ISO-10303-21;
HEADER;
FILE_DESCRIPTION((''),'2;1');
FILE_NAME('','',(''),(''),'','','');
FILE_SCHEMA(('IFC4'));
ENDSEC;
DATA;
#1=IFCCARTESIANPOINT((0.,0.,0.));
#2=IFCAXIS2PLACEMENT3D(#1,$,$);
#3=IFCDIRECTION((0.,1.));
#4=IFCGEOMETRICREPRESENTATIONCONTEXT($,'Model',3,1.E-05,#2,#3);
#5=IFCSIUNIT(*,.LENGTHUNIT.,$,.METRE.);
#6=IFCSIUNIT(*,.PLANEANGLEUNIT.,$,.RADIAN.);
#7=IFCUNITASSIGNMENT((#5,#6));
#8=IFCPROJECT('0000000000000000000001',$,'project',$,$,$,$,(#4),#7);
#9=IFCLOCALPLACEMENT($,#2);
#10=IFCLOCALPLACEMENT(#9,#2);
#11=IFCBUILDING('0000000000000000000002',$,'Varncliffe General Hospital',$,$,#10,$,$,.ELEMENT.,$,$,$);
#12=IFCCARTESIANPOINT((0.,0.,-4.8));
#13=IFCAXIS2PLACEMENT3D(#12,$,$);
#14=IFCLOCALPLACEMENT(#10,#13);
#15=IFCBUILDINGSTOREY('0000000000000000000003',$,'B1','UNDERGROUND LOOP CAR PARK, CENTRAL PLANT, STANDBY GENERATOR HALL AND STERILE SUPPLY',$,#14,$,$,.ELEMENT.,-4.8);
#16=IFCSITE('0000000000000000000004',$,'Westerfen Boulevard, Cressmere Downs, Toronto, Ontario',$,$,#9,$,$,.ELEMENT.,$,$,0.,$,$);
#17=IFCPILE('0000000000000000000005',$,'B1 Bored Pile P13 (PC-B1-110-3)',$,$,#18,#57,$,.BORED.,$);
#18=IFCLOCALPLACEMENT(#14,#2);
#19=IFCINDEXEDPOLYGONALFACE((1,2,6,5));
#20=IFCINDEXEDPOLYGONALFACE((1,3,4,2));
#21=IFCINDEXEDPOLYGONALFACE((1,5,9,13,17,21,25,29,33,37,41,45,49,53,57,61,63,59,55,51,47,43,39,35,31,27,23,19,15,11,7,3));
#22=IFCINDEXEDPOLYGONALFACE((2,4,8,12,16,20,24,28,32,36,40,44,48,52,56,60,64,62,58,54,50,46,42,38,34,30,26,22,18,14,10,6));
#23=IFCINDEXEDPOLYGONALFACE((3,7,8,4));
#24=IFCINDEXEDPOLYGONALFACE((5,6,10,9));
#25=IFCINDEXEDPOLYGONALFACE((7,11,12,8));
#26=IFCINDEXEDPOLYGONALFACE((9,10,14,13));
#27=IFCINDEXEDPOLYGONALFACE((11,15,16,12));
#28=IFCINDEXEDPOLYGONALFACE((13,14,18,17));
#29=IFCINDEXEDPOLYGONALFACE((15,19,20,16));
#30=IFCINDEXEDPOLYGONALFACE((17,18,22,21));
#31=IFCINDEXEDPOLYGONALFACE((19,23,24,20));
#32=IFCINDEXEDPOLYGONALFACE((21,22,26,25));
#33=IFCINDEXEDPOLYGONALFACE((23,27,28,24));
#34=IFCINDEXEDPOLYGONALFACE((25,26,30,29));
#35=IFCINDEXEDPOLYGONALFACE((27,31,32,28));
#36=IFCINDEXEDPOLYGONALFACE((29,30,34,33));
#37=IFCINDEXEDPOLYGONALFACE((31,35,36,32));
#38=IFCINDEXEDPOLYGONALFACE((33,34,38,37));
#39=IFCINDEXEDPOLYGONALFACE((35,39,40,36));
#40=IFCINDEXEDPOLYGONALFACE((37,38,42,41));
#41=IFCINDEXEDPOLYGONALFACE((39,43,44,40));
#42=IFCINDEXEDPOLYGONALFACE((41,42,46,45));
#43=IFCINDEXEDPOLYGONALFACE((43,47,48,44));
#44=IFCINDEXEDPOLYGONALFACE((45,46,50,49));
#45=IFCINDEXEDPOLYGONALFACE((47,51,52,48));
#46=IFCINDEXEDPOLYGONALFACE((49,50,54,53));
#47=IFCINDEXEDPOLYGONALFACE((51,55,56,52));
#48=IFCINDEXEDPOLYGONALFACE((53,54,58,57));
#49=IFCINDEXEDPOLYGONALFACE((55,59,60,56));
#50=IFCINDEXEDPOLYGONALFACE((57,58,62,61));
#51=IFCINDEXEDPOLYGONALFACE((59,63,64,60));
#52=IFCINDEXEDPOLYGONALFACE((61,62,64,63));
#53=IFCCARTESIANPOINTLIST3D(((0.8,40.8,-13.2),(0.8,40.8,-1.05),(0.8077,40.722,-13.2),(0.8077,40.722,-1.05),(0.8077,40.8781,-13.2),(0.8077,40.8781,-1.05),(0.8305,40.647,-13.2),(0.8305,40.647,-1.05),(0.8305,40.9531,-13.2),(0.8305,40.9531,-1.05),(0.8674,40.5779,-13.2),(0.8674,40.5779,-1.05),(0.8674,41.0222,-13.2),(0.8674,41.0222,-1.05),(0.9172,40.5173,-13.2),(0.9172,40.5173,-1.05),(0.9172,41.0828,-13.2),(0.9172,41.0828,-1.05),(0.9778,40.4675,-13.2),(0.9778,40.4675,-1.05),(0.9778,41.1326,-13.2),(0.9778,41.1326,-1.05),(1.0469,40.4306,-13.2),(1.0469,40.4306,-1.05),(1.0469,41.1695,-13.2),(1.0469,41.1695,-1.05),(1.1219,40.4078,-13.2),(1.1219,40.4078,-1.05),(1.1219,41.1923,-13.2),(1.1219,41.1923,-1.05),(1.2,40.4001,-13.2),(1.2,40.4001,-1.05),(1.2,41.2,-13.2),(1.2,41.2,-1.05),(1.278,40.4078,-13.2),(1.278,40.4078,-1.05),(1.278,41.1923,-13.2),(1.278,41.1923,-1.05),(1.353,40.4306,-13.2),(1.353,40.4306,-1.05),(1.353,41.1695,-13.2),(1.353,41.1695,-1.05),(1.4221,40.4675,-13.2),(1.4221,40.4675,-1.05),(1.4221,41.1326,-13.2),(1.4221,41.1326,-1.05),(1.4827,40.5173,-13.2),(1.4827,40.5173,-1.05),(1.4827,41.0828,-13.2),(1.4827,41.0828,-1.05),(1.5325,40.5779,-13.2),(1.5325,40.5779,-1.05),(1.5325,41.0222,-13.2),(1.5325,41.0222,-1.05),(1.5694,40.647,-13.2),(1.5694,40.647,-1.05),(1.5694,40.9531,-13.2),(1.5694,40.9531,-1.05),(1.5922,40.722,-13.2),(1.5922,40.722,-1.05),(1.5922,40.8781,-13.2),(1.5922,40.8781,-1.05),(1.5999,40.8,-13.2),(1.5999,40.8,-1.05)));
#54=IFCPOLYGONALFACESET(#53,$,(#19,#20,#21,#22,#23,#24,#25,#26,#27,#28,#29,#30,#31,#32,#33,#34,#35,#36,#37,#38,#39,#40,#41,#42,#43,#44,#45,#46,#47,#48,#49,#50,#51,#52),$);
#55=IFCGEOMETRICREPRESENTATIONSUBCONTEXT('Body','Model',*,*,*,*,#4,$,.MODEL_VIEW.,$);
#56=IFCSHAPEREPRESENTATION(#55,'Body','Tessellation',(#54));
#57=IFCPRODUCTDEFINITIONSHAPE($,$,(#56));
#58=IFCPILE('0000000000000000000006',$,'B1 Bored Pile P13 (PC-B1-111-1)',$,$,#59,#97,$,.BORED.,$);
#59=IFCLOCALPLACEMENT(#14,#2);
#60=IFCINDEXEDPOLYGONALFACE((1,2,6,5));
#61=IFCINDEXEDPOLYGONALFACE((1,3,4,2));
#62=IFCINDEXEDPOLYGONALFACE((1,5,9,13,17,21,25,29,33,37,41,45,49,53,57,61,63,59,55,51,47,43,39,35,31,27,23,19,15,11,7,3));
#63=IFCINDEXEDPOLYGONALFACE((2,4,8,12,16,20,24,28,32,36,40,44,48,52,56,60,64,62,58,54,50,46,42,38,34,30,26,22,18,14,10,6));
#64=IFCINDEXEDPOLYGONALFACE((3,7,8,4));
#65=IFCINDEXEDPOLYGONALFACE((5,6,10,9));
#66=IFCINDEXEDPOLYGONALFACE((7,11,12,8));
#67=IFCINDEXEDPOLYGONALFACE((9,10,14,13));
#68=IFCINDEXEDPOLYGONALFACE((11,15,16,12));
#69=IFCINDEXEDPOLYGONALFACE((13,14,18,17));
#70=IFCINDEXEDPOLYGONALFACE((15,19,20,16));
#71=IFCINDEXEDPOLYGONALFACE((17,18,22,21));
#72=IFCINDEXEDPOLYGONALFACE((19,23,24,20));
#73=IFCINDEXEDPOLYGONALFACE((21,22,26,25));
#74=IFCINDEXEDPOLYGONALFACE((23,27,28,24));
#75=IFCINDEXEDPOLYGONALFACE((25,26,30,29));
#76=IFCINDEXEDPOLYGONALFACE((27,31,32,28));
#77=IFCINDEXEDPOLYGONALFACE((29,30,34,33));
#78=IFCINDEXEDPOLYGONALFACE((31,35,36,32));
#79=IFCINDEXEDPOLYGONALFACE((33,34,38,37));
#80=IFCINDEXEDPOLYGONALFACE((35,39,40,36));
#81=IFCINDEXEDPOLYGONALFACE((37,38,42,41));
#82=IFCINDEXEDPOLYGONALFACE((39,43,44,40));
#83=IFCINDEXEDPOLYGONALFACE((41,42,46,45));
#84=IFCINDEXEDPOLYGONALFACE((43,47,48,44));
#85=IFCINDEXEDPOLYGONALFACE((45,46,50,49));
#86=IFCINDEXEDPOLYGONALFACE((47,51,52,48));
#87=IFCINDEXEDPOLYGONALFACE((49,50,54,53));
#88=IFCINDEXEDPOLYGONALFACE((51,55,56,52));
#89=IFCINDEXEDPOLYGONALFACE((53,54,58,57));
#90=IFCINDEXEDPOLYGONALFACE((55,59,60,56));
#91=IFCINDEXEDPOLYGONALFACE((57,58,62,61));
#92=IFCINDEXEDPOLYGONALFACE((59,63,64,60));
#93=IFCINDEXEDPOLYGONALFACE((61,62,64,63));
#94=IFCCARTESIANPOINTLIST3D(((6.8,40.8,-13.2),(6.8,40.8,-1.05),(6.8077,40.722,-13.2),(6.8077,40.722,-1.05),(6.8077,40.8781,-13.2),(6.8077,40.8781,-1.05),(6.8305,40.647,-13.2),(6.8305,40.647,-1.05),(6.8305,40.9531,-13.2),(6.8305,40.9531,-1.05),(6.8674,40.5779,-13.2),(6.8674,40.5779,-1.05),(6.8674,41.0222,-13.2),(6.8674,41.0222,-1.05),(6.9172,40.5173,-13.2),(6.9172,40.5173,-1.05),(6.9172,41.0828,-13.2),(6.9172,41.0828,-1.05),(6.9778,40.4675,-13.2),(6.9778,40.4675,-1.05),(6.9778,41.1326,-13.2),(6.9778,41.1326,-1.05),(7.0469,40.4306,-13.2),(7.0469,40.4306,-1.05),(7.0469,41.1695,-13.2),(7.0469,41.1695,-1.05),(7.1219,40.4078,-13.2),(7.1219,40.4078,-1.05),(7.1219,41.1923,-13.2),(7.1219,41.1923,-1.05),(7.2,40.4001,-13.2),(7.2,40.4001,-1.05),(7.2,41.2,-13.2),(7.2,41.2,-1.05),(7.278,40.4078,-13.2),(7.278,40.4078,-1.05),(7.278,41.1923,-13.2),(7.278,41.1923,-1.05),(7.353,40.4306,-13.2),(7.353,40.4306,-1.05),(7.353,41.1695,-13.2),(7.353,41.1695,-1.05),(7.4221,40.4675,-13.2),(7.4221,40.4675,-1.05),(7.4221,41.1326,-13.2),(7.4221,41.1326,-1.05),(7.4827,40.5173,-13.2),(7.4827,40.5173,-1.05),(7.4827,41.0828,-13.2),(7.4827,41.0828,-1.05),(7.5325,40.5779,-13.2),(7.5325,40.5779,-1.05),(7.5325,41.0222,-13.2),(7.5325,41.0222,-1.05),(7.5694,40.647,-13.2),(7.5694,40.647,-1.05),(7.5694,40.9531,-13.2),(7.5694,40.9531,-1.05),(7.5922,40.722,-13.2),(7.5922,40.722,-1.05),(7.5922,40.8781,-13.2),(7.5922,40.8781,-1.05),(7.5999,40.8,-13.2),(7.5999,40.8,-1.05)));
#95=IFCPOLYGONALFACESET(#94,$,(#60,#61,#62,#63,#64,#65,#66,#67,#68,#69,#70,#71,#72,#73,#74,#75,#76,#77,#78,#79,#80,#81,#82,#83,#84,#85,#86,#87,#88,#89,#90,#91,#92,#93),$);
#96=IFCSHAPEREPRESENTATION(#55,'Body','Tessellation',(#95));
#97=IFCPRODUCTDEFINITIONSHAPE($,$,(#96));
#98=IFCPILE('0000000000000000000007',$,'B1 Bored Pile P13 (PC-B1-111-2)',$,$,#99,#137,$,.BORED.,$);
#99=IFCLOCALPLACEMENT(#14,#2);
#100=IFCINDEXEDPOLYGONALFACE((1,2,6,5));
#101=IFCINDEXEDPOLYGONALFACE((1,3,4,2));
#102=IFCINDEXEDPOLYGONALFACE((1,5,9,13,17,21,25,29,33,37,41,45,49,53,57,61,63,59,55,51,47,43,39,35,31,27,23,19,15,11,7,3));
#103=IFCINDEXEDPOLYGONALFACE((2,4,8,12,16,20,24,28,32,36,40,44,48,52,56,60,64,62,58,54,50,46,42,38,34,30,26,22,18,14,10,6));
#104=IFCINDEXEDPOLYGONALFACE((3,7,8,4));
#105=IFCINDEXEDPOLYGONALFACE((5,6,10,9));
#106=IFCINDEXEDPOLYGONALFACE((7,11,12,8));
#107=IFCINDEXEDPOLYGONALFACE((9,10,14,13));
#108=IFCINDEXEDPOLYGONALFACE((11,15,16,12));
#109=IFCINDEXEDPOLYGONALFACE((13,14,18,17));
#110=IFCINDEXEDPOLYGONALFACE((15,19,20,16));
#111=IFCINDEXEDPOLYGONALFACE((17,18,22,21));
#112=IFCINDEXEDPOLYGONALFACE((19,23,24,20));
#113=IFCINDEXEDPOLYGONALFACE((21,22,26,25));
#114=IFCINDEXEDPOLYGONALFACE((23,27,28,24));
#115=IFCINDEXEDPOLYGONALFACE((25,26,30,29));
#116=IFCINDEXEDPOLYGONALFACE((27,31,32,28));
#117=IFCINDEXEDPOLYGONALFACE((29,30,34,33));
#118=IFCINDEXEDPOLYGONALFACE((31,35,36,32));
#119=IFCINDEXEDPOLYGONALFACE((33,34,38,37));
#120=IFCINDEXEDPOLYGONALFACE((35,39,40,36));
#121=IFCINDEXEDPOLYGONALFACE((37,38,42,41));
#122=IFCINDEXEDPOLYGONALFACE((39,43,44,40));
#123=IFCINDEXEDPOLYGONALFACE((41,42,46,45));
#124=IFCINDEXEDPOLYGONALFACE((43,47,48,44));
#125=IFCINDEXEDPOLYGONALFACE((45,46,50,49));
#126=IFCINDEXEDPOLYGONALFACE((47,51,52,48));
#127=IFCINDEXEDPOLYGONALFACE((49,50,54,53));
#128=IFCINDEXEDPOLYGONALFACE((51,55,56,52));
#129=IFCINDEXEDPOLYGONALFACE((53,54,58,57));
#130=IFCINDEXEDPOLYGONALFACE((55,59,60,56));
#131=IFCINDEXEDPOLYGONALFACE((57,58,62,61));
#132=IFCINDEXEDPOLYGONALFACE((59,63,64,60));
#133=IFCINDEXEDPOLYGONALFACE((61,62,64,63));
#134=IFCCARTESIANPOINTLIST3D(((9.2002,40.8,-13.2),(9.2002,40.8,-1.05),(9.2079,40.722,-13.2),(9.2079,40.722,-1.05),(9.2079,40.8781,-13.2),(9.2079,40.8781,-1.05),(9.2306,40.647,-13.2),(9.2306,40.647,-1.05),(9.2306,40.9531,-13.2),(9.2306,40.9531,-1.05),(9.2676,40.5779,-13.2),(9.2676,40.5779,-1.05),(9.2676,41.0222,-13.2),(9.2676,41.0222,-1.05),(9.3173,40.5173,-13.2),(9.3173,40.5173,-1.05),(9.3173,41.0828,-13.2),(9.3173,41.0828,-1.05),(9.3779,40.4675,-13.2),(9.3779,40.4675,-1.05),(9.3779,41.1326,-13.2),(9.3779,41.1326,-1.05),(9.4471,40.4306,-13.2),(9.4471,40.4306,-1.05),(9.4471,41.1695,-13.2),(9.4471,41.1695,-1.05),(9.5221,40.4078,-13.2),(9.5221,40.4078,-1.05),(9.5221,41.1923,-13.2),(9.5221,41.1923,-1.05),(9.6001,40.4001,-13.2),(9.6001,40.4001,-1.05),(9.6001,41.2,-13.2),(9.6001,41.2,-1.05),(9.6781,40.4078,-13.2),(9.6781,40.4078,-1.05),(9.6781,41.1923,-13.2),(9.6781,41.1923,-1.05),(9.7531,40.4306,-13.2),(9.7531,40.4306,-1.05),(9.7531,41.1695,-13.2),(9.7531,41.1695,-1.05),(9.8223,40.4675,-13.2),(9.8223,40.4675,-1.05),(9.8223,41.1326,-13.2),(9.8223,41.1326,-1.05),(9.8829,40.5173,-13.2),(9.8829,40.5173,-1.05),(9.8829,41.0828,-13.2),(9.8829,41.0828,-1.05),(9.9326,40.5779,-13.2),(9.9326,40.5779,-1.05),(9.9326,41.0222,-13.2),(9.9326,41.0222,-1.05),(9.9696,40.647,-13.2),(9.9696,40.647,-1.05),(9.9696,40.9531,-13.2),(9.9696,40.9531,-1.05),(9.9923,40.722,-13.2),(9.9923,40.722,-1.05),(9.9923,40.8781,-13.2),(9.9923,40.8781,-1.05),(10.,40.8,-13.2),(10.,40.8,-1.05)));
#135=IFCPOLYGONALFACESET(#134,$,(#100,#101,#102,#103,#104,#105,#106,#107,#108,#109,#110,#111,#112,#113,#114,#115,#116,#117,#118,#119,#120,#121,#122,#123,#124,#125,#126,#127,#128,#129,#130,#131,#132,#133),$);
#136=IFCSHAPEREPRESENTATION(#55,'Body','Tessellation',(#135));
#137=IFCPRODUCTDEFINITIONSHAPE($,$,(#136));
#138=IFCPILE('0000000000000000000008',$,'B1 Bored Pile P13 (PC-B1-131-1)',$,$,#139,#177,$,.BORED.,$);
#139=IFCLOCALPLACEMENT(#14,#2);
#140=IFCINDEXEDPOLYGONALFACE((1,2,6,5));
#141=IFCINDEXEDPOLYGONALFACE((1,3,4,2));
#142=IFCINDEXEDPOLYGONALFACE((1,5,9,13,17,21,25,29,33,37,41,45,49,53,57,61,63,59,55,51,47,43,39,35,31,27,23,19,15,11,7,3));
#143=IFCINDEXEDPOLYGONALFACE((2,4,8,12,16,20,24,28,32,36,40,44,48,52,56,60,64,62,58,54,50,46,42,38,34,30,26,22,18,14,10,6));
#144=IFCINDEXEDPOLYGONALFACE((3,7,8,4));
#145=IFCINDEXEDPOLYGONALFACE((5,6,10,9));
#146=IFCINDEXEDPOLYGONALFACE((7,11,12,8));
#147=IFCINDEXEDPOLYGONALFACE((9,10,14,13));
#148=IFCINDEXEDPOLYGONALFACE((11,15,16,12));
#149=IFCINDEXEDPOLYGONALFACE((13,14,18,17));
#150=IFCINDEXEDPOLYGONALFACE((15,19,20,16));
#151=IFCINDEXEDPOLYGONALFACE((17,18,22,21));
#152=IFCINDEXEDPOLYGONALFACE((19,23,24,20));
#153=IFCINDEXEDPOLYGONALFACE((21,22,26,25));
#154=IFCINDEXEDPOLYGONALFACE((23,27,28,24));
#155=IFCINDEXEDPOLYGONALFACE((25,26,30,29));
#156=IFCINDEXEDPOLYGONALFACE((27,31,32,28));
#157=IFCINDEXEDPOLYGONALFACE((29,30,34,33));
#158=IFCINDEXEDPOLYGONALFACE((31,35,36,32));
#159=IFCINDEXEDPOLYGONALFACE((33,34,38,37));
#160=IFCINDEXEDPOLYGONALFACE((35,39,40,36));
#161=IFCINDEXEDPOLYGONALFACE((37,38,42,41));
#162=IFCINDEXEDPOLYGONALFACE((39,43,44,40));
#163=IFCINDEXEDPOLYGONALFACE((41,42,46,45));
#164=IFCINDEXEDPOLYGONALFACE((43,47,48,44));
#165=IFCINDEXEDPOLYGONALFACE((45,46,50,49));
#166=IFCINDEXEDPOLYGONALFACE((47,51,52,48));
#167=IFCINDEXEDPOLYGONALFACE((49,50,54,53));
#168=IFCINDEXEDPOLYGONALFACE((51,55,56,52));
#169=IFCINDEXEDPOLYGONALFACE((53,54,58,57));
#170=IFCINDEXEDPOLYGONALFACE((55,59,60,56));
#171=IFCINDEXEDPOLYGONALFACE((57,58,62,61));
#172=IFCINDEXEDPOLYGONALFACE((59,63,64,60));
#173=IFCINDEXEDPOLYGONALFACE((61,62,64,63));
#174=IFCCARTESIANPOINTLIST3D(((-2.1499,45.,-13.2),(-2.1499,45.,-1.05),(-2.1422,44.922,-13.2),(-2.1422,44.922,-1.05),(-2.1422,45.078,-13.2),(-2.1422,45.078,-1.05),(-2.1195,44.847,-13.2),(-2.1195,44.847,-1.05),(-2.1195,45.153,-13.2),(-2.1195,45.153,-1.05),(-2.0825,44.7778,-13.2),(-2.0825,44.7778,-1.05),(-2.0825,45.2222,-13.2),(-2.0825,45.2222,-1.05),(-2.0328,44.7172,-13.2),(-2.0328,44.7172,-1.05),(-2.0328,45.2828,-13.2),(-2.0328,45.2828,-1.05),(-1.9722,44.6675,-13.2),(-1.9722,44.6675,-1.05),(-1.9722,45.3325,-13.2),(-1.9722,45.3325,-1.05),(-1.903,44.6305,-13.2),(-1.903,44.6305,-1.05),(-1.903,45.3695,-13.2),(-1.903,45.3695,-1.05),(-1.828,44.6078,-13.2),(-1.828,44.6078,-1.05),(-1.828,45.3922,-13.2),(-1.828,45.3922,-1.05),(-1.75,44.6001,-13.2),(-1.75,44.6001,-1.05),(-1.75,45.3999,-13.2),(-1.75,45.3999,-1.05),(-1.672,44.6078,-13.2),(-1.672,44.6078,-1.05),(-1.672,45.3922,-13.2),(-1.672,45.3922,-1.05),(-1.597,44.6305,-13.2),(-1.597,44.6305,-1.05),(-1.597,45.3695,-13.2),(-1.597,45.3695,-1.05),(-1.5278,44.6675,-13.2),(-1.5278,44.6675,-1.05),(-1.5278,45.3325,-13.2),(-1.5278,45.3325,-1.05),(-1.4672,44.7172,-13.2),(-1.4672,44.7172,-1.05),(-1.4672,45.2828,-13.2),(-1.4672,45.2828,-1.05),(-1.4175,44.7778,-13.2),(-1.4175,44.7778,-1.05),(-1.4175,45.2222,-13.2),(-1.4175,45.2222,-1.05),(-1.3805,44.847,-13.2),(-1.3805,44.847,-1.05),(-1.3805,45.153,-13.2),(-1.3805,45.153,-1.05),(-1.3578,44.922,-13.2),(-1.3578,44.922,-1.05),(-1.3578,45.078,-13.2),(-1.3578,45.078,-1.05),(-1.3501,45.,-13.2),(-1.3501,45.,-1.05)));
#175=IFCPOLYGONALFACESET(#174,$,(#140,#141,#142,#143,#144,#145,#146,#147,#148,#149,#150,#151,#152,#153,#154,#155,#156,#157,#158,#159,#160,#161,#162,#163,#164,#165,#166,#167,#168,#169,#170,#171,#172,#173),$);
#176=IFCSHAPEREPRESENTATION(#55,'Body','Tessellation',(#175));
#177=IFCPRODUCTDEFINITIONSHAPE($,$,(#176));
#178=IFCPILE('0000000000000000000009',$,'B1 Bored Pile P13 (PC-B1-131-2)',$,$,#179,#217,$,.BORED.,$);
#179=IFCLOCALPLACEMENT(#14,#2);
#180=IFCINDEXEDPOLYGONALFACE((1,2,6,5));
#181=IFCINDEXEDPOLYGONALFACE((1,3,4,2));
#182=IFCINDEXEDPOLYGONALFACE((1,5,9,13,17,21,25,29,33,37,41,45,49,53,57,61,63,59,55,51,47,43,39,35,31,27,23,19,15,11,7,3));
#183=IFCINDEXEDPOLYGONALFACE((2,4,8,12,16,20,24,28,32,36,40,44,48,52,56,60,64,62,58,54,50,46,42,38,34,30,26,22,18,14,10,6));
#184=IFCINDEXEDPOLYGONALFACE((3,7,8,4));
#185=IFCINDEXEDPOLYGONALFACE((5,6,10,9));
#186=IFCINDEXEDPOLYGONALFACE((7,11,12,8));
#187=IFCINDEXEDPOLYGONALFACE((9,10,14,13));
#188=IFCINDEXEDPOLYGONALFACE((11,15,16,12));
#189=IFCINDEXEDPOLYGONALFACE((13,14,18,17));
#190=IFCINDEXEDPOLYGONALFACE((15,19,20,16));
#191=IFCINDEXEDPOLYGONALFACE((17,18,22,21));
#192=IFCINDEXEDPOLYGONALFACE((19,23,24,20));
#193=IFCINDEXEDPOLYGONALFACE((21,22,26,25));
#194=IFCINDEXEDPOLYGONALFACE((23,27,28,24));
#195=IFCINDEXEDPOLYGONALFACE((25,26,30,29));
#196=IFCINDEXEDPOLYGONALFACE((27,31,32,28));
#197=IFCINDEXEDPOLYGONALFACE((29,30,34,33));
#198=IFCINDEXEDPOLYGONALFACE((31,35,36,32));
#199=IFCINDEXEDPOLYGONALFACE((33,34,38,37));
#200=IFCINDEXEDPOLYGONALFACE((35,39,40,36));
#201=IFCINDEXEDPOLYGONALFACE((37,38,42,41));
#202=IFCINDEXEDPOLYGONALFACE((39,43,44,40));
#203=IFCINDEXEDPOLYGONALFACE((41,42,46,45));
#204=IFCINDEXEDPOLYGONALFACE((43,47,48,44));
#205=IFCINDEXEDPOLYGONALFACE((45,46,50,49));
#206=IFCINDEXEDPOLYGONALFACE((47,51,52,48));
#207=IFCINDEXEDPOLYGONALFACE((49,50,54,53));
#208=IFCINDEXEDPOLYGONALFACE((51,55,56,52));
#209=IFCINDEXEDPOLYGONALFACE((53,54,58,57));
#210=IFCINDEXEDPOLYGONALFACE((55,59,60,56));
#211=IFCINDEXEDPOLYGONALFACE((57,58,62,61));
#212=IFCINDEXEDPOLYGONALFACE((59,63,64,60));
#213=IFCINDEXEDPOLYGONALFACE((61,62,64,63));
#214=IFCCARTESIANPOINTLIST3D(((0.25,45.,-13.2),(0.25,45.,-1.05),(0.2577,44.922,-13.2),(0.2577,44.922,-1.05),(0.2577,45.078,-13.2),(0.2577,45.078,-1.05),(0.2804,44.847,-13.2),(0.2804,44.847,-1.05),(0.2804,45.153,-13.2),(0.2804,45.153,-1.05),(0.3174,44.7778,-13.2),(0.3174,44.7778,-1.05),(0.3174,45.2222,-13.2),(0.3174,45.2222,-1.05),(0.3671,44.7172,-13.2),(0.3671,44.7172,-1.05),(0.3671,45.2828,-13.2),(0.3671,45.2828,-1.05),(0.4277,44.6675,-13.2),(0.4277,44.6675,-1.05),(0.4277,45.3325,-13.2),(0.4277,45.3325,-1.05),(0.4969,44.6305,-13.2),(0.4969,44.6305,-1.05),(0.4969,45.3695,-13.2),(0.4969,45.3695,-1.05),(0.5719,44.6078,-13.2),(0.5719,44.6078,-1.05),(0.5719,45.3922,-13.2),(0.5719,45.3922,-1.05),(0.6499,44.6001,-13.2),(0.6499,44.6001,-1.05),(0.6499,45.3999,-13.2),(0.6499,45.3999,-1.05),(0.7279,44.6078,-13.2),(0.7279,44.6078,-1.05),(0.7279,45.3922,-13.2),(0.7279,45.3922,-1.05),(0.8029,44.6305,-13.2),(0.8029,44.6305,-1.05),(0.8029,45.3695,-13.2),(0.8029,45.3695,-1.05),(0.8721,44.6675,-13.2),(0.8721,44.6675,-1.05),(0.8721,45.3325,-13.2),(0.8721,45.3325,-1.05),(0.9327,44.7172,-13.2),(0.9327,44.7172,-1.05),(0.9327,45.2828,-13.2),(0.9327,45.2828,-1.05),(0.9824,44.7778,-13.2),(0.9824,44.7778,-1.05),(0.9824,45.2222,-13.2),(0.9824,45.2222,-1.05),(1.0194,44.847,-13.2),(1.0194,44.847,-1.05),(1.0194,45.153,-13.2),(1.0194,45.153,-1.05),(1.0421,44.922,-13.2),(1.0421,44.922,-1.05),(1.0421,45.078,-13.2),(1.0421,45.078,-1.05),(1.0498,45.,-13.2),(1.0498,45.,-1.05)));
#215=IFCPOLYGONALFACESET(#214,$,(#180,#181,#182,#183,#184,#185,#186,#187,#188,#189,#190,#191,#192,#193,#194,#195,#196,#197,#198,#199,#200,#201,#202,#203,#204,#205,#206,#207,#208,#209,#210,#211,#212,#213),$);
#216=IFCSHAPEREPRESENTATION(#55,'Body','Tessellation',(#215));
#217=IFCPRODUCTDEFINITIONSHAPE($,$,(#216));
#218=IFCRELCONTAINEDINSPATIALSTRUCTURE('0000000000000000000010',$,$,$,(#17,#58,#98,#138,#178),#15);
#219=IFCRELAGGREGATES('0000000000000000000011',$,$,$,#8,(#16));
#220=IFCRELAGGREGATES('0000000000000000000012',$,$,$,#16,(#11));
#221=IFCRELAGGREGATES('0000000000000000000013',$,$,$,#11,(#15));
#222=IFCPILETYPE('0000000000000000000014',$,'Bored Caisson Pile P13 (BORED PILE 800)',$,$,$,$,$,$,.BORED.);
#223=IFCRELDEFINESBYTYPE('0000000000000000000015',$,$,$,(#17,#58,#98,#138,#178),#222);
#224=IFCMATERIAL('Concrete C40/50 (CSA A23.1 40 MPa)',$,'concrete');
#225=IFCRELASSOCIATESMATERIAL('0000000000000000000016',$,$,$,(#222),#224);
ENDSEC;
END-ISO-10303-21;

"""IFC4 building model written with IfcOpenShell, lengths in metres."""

from ifc_helpers import new_model, si_unit, direction, frame, origin, origin_2d, place, context, subcontext, project, spatial, circle, extrude, material, material_profile, profile_set, type_object, element, save


model = new_model("IFC4")

# Units and contexts
model_context = context("Model", 3, precision=1e-05, world=origin(), true_north=direction((0.0, 1.0)))
body_context = subcontext(model_context, "Body", "Model", "MODEL_VIEW")
ifc_project = project(units=[si_unit("LENGTHUNIT", "METRE"), si_unit("PLANEANGLEUNIT", "RADIAN")], contexts=[model_context])

# Site, building, storey
site_placement = place(None, origin())
site = spatial("IfcSite", under=ifc_project, at=site_placement, Name="Westerfen Boulevard, Cressmere Downs, Toronto, Ontario", CompositionType="ELEMENT", RefElevation=0.0)
building_placement = place(site_placement, origin())
building = spatial("IfcBuilding", under=site, at=building_placement, Name="Varncliffe General Hospital", CompositionType="ELEMENT")
storey_placement = place(building_placement, frame((0.0, 0.0, -4.8)))
storey = spatial("IfcBuildingStorey", under=building, at=storey_placement, Name="B1", Description="UNDERGROUND LOOP CAR PARK, CENTRAL PLANT, STANDBY GENERATOR HALL AND STERILE SUPPLY", CompositionType="ELEMENT", Elevation=-4.8)

# Piles
ifc_material_1 = material(Name="Concrete C40/50 (CSA A23.1 40 MPa)", Category="concrete")
ifc_material_profile_1 = material_profile(ifc_material_1, circle(Radius=0.3999, at=origin_2d()), Name="BORED PILE 800")
ifc_profile_set_1 = profile_set([ifc_material_profile_1], Name="Concrete C40/50 (CSA A23.1 40 MPa)")
pile_type = type_object("IfcPileType", Name="Bored Caisson Pile P13 (BORED PILE 800)", PredefinedType="BORED", material=ifc_profile_set_1)
for number, where, z_axis, x_axis, name in (
    (1, (1.2, 40.8, -1.05), (0.0, 0.0, -1.0), (1.0, 0.0, 0.0), "B1 Bored Pile P13 (PC-B1-110-3)"),
    (2, (7.2, 40.8, -1.05), (0.0, 0.0, -1.0), (1.0, 0.0, 0.0), "B1 Bored Pile P13 (PC-B1-111-1)"),
    (3, (9.6001, 40.8, -1.05), (0.0, 0.0, -1.0), (1.0, 0.0, 0.0), "B1 Bored Pile P13 (PC-B1-111-2)"),
    (4, (-1.75, 45.0, -1.05), (0.0, 0.0, -1.0), (1.0, 0.0, 0.0), "B1 Bored Pile P13 (PC-B1-131-1)"),
    (5, (0.6499, 45.0, -1.05), (0.0, 0.0, -1.0), (1.0, 0.0, 0.0), "B1 Bored Pile P13 (PC-B1-131-2)"),
):
    element("IfcPile", number, at=place(storey_placement, frame(where, z_axis=z_axis, x_axis=x_axis)), inside=storey, type_object=pile_type, Name=name, PredefinedType="BORED", context=body_context, shape_type="SweptSolid", body=[
        extrude(circle(Radius=0.3999, at=origin_2d()), origin(), (0.0, 0.0, 1.0), 12.1499),
    ])

save(model, "model.ifc")
